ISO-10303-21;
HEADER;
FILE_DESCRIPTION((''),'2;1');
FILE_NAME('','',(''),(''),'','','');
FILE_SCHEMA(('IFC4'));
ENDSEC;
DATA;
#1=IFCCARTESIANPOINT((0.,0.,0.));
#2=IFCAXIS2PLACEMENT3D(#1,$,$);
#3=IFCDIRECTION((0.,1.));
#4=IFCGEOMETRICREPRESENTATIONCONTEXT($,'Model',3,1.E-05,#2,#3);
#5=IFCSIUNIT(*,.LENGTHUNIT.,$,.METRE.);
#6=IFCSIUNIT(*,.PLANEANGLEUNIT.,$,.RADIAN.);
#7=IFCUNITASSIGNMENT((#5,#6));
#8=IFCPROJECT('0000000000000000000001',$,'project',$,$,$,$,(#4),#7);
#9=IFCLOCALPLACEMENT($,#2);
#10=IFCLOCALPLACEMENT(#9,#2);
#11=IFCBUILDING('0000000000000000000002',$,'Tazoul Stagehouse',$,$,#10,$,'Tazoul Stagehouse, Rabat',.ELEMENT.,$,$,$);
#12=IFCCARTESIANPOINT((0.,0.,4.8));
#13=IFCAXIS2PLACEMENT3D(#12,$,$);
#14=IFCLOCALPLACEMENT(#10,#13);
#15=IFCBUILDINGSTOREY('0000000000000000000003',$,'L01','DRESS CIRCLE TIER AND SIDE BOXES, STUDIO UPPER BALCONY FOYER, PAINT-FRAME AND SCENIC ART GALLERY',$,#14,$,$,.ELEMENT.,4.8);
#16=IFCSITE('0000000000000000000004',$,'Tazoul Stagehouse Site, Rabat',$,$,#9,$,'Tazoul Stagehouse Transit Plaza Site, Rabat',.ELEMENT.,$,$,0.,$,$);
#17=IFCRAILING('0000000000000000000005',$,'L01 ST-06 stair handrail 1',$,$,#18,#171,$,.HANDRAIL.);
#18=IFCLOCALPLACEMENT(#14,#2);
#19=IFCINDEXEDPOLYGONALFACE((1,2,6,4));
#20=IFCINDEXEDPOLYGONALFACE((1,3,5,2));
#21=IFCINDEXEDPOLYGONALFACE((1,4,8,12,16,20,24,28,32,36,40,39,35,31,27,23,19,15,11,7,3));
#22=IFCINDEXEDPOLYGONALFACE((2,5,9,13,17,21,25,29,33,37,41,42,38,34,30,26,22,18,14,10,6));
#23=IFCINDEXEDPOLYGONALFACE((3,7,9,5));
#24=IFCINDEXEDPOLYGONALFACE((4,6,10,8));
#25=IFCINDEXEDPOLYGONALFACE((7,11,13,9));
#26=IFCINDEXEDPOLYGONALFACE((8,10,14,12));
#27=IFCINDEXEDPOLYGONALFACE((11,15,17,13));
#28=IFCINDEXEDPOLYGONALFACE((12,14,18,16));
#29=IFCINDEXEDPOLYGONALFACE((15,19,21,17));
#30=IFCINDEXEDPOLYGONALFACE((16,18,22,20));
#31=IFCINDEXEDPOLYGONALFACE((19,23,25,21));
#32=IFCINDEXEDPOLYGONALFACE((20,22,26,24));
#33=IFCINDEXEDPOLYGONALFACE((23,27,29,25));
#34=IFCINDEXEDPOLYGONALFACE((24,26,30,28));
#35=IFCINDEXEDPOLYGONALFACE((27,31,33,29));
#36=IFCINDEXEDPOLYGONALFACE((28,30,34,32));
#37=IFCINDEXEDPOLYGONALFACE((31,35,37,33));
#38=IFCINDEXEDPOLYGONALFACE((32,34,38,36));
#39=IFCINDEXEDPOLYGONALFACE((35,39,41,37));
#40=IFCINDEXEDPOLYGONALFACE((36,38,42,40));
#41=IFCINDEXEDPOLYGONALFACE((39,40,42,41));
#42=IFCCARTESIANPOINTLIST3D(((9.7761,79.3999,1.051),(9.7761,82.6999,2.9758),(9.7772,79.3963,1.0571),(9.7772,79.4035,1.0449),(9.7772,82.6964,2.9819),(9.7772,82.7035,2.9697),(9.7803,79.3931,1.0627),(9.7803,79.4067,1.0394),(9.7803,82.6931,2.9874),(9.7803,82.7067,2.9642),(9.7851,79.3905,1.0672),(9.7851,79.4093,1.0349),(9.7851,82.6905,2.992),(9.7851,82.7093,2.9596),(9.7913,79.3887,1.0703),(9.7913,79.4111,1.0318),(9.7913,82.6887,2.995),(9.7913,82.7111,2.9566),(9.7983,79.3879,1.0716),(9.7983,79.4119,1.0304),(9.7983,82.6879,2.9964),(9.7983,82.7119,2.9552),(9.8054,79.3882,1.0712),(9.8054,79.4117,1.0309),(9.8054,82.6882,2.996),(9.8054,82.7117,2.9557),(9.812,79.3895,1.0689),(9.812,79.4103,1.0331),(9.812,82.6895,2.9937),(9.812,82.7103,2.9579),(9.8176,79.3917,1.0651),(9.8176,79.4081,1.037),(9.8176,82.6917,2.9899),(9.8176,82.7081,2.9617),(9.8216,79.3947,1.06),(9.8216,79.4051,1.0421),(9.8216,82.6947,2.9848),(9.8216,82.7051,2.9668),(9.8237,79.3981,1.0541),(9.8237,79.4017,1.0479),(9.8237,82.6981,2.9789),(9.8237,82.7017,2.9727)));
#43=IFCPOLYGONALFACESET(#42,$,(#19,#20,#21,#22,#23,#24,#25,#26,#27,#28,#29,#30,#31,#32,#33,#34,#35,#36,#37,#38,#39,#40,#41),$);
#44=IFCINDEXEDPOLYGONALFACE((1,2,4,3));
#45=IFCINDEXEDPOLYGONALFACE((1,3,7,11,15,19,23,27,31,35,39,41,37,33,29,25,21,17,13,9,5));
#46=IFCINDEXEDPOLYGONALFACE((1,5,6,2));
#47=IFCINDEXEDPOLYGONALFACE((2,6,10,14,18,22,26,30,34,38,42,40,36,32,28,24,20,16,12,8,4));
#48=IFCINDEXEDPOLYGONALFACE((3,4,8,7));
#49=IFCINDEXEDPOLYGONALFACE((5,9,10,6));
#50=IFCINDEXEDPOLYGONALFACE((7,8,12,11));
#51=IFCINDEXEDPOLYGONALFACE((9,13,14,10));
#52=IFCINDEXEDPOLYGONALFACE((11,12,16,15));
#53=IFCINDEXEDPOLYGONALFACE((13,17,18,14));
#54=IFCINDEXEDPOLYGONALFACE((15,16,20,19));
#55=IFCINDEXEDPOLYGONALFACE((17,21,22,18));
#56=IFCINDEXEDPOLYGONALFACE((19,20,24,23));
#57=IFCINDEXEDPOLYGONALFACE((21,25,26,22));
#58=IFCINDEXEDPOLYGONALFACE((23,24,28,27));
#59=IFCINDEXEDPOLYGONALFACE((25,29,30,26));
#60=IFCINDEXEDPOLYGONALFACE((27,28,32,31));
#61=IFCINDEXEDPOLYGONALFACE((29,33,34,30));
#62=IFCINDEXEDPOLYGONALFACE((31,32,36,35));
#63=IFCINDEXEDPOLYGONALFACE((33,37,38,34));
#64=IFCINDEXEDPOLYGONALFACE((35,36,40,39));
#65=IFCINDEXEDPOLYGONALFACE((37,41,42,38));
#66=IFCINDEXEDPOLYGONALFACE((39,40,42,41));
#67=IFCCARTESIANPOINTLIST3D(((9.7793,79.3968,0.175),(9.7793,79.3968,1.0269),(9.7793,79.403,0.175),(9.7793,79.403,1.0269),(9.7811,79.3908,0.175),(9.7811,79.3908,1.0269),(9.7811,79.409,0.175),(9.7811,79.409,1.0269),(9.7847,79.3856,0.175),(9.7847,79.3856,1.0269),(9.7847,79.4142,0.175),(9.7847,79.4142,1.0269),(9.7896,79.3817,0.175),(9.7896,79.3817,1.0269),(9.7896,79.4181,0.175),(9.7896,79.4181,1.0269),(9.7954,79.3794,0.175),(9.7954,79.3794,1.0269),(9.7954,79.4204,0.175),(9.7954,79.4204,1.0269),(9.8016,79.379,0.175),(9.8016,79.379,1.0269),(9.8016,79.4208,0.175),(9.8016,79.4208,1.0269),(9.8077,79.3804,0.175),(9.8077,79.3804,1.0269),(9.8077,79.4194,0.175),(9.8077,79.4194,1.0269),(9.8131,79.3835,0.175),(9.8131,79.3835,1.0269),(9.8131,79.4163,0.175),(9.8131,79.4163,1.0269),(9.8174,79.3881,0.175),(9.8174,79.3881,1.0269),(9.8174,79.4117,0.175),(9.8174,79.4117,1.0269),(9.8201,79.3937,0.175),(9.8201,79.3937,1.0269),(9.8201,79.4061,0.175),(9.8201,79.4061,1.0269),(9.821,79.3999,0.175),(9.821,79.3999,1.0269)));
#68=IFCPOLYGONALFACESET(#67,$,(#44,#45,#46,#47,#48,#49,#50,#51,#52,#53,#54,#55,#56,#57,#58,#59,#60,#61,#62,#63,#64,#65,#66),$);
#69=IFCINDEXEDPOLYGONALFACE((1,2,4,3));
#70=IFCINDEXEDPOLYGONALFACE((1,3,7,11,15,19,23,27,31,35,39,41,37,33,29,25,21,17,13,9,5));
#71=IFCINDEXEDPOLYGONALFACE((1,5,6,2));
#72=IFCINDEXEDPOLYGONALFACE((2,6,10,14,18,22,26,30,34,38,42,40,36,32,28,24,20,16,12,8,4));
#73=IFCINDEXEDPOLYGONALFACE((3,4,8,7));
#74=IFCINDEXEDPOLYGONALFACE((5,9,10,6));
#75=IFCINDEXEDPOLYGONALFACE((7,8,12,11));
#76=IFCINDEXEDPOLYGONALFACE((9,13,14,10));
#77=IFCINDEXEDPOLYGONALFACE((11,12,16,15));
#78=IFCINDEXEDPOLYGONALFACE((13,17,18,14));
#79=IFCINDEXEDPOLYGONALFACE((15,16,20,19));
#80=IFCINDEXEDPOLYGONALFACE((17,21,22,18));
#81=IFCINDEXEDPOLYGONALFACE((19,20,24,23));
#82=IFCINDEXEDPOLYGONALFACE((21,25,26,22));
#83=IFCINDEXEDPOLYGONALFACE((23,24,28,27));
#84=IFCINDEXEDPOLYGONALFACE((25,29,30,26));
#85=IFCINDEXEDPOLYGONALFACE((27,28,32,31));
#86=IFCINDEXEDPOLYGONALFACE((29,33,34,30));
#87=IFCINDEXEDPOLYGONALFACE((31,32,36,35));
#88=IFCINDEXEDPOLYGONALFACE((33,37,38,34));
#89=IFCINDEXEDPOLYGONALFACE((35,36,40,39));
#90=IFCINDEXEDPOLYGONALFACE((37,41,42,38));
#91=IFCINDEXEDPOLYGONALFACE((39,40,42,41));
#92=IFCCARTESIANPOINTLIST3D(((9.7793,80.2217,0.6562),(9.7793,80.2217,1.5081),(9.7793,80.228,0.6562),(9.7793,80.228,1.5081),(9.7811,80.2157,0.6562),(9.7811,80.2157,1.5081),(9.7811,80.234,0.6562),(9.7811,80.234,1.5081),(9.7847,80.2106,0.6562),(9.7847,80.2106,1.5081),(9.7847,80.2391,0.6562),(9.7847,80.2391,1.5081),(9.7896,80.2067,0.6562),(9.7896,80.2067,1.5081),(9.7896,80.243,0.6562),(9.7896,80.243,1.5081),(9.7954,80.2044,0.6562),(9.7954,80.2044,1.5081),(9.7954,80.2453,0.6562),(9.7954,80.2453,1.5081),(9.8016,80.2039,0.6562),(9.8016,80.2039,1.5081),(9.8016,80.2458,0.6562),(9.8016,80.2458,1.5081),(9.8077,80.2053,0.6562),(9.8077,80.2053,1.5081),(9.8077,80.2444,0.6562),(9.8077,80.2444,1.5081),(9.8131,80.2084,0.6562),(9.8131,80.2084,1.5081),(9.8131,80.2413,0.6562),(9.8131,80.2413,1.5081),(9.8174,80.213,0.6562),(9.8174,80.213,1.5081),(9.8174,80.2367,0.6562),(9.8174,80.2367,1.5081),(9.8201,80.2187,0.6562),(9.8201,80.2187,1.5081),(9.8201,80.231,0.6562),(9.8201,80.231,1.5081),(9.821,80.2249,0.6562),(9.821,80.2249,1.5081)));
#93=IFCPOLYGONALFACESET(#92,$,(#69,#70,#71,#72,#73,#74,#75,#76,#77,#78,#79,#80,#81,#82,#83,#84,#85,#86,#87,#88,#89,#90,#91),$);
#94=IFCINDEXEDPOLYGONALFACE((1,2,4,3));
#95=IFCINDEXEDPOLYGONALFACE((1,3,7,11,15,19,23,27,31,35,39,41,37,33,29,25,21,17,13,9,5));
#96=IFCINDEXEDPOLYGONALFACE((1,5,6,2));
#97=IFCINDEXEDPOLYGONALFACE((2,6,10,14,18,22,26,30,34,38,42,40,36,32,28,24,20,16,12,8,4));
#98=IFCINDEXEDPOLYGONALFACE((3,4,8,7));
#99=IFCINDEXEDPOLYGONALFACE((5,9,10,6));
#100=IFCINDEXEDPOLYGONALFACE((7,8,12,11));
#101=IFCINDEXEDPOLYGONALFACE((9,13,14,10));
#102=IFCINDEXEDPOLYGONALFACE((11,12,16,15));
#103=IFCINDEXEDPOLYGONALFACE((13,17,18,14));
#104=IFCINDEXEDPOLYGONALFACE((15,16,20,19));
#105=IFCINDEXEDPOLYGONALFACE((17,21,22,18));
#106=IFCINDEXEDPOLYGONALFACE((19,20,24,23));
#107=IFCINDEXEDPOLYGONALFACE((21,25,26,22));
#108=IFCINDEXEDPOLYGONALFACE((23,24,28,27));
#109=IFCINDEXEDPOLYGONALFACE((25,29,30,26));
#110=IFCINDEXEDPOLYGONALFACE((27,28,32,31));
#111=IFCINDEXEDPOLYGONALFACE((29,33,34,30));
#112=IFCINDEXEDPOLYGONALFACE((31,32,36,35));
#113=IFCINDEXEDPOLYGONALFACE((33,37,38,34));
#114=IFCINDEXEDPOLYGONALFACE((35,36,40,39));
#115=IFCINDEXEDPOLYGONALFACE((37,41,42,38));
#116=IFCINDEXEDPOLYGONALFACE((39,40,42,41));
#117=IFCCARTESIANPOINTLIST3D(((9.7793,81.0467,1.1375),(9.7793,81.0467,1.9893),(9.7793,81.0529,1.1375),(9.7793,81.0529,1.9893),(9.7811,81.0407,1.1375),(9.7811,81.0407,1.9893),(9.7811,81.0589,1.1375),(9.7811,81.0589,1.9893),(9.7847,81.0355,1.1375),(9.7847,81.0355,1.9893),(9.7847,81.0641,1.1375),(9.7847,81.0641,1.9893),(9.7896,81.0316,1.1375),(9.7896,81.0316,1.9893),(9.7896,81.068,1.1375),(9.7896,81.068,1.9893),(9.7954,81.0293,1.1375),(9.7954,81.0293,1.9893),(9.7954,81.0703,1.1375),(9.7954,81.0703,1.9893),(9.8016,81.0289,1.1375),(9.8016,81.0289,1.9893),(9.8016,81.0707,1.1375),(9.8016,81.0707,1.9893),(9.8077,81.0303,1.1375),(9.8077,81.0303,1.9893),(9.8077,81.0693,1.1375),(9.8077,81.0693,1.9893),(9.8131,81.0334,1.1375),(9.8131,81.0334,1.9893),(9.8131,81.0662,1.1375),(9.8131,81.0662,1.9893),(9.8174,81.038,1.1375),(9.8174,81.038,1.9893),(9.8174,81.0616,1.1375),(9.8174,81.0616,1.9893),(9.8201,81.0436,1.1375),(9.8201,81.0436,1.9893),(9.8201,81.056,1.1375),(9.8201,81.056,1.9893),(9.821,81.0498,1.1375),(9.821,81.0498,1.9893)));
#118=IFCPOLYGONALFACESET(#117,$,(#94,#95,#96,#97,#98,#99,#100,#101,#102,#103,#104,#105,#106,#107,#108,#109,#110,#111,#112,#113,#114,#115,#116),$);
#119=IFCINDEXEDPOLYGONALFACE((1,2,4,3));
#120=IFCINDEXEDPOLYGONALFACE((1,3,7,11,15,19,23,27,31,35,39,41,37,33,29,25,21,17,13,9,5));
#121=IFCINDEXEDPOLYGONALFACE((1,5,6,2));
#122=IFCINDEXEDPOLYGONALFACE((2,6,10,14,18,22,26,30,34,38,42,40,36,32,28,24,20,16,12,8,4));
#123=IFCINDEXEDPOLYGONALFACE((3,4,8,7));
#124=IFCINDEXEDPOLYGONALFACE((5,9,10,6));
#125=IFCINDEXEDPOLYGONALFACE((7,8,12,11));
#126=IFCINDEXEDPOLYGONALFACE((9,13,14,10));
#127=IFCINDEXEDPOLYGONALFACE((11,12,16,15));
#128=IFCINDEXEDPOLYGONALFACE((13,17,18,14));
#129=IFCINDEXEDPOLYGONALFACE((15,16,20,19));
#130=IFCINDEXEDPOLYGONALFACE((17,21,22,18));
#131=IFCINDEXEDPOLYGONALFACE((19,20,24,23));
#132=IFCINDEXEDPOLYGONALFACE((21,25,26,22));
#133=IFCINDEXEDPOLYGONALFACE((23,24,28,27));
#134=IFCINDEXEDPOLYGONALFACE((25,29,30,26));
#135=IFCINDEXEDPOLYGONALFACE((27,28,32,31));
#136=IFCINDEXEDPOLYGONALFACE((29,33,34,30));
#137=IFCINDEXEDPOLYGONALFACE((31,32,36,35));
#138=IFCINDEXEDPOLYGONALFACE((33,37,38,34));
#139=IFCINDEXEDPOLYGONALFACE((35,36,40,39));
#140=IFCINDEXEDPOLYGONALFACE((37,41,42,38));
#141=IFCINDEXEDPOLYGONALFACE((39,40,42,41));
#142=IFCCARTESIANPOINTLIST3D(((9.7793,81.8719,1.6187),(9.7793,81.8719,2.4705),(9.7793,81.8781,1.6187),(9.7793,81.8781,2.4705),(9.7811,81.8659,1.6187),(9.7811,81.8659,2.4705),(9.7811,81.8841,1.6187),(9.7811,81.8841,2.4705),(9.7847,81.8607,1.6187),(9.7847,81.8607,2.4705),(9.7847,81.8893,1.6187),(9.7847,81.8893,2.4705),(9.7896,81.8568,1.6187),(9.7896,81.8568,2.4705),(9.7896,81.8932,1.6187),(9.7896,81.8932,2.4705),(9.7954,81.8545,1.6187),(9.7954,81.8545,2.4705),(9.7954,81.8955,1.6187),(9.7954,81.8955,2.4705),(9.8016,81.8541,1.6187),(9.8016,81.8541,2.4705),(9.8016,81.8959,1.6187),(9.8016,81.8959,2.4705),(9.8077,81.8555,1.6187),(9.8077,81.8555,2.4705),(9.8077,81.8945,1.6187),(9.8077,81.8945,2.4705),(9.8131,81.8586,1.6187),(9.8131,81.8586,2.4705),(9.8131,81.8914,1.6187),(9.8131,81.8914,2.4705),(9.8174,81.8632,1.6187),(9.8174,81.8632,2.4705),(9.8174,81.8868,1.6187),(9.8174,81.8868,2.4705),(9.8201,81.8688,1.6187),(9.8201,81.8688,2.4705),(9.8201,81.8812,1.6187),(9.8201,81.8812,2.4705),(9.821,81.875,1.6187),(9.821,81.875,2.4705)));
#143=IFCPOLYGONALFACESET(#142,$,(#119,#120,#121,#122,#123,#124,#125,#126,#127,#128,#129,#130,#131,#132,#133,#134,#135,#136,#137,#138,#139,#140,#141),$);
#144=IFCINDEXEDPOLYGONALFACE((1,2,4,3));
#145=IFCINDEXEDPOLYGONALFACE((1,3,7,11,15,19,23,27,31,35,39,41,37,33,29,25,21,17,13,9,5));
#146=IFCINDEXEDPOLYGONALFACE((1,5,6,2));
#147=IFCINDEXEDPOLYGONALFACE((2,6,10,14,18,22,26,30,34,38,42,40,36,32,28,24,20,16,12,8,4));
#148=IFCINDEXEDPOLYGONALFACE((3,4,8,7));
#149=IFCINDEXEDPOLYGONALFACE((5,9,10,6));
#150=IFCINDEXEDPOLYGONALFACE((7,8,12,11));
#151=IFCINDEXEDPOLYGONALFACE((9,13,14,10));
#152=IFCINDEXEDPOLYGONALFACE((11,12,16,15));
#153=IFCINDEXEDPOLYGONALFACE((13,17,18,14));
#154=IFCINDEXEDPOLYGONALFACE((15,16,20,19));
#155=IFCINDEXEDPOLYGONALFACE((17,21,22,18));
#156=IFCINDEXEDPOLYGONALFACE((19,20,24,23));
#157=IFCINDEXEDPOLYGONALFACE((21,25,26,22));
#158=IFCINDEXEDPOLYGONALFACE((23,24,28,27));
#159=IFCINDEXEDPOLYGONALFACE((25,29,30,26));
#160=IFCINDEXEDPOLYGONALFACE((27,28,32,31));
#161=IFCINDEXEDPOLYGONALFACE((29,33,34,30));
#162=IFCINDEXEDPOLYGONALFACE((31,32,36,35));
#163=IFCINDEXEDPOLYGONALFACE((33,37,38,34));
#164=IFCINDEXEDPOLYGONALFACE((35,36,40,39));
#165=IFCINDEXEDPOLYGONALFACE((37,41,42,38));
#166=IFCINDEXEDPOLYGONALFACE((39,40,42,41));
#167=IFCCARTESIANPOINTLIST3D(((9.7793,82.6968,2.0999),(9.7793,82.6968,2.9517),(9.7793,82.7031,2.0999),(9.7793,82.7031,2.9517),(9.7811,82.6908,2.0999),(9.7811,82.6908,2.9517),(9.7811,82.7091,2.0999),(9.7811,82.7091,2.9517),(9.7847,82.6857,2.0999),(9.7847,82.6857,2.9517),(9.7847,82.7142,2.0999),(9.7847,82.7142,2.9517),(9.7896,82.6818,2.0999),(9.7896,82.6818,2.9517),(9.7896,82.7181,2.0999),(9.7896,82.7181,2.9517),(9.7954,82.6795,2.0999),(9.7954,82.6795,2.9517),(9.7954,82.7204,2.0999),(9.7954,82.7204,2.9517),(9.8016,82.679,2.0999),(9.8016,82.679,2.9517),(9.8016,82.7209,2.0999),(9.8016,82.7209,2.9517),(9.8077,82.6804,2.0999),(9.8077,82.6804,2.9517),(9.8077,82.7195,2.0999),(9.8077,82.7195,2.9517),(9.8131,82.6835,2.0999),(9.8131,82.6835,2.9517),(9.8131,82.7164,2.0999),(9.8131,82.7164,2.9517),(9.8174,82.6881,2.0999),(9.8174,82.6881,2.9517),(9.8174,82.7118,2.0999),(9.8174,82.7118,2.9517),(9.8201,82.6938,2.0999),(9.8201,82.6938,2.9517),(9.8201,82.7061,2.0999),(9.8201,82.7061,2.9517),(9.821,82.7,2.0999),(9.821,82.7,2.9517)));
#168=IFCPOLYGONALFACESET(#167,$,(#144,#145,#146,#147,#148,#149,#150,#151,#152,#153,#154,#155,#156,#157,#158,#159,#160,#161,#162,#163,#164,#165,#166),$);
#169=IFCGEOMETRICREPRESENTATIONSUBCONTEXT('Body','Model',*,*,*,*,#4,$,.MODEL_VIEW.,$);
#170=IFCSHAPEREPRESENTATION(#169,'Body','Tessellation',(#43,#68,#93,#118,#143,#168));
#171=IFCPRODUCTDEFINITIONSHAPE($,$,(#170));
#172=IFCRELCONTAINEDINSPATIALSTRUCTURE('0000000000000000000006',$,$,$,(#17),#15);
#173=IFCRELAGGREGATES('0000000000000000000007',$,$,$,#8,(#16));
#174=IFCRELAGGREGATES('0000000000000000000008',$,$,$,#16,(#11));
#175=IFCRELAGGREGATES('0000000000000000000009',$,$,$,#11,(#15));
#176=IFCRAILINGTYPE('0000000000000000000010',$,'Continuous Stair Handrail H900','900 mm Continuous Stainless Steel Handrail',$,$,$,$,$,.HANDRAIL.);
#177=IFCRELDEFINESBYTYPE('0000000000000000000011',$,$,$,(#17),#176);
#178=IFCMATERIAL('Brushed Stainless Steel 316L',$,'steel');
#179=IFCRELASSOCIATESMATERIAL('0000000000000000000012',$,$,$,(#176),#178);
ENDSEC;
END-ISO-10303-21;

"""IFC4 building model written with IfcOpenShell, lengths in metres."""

from ifc_helpers import new_model, si_unit, direction, frame, origin, origin_2d, place, context, subcontext, project, spatial, circle, extrude, material, material_profile, profile_set, type_object, element, save


model = new_model("IFC4")

# Units and contexts
model_context = context("Model", 3, precision=1e-05, world=origin(), true_north=direction((0.0, 1.0)))
body_context = subcontext(model_context, "Body", "Model", "MODEL_VIEW")
ifc_project = project(units=[si_unit("LENGTHUNIT", "METRE"), si_unit("PLANEANGLEUNIT", "RADIAN")], contexts=[model_context])

# Site, building, storey
site_placement = place(None, origin())
site = spatial("IfcSite", under=ifc_project, at=site_placement, Name="Tazoul Stagehouse Site, Rabat", LongName="Tazoul Stagehouse Transit Plaza Site, Rabat", CompositionType="ELEMENT", RefElevation=0.0)
building_placement = place(site_placement, origin())
building = spatial("IfcBuilding", under=site, at=building_placement, Name="Tazoul Stagehouse", LongName="Tazoul Stagehouse, Rabat", CompositionType="ELEMENT")
storey_placement = place(building_placement, frame((0.0, 0.0, 4.8)))
storey = spatial("IfcBuildingStorey", under=building, at=storey_placement, Name="L01", Description="DRESS CIRCLE TIER AND SIDE BOXES, STUDIO UPPER BALCONY FOYER, PAINT-FRAME AND SCENIC ART GALLERY", CompositionType="ELEMENT", Elevation=4.8)

# Railing
ifc_material_1 = material(Name="Brushed Stainless Steel 316L", Category="steel")
ifc_material_profile_1 = material_profile(ifc_material_1, circle(Radius=0.021, at=origin_2d()), Name="SS HANDRAIL D42")
ifc_profile_set_1 = profile_set([ifc_material_profile_1], Name="Brushed Stainless Steel 316L")
railing_type_1 = type_object("IfcRailingType", Name="Continuous Stair Handrail H900", Description="900 mm Continuous Stainless Steel Handrail", PredefinedType="HANDRAIL", material=ifc_profile_set_1)
railing_1_placement = place(storey_placement, frame((9.8, 79.3999, 0.175)))
element("IfcRailing", 1, at=railing_1_placement, inside=storey, type_object=railing_type_1, Name="L01 ST-06 stair handrail 1", PredefinedType="HANDRAIL", context=body_context, shape_type="SweptSolid", body=[
    extrude(circle(Radius=0.0239, at=origin_2d()), frame((0.0, 0.0, 0.876), z_axis=(0.0, 0.863804, 0.503827), x_axis=(-1.0, 0.0, 0.0)), (0.0, 0.0, 1.0), 3.8203),
    extrude(circle(Radius=0.021, at=origin_2d()), origin(), (0.0, 0.0, 1.0), 0.8518),
    extrude(circle(Radius=0.021, at=origin_2d()), frame((0.0, 0.825, 0.4812)), (0.0, 0.0, 1.0), 0.8518),
    extrude(circle(Radius=0.021, at=origin_2d()), frame((0.0, 1.6499, 0.9624)), (0.0, 0.0, 1.0), 0.8518),
    extrude(circle(Radius=0.021, at=origin_2d()), frame((0.0, 2.4751, 1.4436)), (0.0, 0.0, 1.0), 0.8518),
    extrude(circle(Radius=0.021, at=origin_2d()), frame((0.0, 3.3, 1.9248)), (0.0, 0.0, 1.0), 0.8518),
])

save(model, "model.ifc")
